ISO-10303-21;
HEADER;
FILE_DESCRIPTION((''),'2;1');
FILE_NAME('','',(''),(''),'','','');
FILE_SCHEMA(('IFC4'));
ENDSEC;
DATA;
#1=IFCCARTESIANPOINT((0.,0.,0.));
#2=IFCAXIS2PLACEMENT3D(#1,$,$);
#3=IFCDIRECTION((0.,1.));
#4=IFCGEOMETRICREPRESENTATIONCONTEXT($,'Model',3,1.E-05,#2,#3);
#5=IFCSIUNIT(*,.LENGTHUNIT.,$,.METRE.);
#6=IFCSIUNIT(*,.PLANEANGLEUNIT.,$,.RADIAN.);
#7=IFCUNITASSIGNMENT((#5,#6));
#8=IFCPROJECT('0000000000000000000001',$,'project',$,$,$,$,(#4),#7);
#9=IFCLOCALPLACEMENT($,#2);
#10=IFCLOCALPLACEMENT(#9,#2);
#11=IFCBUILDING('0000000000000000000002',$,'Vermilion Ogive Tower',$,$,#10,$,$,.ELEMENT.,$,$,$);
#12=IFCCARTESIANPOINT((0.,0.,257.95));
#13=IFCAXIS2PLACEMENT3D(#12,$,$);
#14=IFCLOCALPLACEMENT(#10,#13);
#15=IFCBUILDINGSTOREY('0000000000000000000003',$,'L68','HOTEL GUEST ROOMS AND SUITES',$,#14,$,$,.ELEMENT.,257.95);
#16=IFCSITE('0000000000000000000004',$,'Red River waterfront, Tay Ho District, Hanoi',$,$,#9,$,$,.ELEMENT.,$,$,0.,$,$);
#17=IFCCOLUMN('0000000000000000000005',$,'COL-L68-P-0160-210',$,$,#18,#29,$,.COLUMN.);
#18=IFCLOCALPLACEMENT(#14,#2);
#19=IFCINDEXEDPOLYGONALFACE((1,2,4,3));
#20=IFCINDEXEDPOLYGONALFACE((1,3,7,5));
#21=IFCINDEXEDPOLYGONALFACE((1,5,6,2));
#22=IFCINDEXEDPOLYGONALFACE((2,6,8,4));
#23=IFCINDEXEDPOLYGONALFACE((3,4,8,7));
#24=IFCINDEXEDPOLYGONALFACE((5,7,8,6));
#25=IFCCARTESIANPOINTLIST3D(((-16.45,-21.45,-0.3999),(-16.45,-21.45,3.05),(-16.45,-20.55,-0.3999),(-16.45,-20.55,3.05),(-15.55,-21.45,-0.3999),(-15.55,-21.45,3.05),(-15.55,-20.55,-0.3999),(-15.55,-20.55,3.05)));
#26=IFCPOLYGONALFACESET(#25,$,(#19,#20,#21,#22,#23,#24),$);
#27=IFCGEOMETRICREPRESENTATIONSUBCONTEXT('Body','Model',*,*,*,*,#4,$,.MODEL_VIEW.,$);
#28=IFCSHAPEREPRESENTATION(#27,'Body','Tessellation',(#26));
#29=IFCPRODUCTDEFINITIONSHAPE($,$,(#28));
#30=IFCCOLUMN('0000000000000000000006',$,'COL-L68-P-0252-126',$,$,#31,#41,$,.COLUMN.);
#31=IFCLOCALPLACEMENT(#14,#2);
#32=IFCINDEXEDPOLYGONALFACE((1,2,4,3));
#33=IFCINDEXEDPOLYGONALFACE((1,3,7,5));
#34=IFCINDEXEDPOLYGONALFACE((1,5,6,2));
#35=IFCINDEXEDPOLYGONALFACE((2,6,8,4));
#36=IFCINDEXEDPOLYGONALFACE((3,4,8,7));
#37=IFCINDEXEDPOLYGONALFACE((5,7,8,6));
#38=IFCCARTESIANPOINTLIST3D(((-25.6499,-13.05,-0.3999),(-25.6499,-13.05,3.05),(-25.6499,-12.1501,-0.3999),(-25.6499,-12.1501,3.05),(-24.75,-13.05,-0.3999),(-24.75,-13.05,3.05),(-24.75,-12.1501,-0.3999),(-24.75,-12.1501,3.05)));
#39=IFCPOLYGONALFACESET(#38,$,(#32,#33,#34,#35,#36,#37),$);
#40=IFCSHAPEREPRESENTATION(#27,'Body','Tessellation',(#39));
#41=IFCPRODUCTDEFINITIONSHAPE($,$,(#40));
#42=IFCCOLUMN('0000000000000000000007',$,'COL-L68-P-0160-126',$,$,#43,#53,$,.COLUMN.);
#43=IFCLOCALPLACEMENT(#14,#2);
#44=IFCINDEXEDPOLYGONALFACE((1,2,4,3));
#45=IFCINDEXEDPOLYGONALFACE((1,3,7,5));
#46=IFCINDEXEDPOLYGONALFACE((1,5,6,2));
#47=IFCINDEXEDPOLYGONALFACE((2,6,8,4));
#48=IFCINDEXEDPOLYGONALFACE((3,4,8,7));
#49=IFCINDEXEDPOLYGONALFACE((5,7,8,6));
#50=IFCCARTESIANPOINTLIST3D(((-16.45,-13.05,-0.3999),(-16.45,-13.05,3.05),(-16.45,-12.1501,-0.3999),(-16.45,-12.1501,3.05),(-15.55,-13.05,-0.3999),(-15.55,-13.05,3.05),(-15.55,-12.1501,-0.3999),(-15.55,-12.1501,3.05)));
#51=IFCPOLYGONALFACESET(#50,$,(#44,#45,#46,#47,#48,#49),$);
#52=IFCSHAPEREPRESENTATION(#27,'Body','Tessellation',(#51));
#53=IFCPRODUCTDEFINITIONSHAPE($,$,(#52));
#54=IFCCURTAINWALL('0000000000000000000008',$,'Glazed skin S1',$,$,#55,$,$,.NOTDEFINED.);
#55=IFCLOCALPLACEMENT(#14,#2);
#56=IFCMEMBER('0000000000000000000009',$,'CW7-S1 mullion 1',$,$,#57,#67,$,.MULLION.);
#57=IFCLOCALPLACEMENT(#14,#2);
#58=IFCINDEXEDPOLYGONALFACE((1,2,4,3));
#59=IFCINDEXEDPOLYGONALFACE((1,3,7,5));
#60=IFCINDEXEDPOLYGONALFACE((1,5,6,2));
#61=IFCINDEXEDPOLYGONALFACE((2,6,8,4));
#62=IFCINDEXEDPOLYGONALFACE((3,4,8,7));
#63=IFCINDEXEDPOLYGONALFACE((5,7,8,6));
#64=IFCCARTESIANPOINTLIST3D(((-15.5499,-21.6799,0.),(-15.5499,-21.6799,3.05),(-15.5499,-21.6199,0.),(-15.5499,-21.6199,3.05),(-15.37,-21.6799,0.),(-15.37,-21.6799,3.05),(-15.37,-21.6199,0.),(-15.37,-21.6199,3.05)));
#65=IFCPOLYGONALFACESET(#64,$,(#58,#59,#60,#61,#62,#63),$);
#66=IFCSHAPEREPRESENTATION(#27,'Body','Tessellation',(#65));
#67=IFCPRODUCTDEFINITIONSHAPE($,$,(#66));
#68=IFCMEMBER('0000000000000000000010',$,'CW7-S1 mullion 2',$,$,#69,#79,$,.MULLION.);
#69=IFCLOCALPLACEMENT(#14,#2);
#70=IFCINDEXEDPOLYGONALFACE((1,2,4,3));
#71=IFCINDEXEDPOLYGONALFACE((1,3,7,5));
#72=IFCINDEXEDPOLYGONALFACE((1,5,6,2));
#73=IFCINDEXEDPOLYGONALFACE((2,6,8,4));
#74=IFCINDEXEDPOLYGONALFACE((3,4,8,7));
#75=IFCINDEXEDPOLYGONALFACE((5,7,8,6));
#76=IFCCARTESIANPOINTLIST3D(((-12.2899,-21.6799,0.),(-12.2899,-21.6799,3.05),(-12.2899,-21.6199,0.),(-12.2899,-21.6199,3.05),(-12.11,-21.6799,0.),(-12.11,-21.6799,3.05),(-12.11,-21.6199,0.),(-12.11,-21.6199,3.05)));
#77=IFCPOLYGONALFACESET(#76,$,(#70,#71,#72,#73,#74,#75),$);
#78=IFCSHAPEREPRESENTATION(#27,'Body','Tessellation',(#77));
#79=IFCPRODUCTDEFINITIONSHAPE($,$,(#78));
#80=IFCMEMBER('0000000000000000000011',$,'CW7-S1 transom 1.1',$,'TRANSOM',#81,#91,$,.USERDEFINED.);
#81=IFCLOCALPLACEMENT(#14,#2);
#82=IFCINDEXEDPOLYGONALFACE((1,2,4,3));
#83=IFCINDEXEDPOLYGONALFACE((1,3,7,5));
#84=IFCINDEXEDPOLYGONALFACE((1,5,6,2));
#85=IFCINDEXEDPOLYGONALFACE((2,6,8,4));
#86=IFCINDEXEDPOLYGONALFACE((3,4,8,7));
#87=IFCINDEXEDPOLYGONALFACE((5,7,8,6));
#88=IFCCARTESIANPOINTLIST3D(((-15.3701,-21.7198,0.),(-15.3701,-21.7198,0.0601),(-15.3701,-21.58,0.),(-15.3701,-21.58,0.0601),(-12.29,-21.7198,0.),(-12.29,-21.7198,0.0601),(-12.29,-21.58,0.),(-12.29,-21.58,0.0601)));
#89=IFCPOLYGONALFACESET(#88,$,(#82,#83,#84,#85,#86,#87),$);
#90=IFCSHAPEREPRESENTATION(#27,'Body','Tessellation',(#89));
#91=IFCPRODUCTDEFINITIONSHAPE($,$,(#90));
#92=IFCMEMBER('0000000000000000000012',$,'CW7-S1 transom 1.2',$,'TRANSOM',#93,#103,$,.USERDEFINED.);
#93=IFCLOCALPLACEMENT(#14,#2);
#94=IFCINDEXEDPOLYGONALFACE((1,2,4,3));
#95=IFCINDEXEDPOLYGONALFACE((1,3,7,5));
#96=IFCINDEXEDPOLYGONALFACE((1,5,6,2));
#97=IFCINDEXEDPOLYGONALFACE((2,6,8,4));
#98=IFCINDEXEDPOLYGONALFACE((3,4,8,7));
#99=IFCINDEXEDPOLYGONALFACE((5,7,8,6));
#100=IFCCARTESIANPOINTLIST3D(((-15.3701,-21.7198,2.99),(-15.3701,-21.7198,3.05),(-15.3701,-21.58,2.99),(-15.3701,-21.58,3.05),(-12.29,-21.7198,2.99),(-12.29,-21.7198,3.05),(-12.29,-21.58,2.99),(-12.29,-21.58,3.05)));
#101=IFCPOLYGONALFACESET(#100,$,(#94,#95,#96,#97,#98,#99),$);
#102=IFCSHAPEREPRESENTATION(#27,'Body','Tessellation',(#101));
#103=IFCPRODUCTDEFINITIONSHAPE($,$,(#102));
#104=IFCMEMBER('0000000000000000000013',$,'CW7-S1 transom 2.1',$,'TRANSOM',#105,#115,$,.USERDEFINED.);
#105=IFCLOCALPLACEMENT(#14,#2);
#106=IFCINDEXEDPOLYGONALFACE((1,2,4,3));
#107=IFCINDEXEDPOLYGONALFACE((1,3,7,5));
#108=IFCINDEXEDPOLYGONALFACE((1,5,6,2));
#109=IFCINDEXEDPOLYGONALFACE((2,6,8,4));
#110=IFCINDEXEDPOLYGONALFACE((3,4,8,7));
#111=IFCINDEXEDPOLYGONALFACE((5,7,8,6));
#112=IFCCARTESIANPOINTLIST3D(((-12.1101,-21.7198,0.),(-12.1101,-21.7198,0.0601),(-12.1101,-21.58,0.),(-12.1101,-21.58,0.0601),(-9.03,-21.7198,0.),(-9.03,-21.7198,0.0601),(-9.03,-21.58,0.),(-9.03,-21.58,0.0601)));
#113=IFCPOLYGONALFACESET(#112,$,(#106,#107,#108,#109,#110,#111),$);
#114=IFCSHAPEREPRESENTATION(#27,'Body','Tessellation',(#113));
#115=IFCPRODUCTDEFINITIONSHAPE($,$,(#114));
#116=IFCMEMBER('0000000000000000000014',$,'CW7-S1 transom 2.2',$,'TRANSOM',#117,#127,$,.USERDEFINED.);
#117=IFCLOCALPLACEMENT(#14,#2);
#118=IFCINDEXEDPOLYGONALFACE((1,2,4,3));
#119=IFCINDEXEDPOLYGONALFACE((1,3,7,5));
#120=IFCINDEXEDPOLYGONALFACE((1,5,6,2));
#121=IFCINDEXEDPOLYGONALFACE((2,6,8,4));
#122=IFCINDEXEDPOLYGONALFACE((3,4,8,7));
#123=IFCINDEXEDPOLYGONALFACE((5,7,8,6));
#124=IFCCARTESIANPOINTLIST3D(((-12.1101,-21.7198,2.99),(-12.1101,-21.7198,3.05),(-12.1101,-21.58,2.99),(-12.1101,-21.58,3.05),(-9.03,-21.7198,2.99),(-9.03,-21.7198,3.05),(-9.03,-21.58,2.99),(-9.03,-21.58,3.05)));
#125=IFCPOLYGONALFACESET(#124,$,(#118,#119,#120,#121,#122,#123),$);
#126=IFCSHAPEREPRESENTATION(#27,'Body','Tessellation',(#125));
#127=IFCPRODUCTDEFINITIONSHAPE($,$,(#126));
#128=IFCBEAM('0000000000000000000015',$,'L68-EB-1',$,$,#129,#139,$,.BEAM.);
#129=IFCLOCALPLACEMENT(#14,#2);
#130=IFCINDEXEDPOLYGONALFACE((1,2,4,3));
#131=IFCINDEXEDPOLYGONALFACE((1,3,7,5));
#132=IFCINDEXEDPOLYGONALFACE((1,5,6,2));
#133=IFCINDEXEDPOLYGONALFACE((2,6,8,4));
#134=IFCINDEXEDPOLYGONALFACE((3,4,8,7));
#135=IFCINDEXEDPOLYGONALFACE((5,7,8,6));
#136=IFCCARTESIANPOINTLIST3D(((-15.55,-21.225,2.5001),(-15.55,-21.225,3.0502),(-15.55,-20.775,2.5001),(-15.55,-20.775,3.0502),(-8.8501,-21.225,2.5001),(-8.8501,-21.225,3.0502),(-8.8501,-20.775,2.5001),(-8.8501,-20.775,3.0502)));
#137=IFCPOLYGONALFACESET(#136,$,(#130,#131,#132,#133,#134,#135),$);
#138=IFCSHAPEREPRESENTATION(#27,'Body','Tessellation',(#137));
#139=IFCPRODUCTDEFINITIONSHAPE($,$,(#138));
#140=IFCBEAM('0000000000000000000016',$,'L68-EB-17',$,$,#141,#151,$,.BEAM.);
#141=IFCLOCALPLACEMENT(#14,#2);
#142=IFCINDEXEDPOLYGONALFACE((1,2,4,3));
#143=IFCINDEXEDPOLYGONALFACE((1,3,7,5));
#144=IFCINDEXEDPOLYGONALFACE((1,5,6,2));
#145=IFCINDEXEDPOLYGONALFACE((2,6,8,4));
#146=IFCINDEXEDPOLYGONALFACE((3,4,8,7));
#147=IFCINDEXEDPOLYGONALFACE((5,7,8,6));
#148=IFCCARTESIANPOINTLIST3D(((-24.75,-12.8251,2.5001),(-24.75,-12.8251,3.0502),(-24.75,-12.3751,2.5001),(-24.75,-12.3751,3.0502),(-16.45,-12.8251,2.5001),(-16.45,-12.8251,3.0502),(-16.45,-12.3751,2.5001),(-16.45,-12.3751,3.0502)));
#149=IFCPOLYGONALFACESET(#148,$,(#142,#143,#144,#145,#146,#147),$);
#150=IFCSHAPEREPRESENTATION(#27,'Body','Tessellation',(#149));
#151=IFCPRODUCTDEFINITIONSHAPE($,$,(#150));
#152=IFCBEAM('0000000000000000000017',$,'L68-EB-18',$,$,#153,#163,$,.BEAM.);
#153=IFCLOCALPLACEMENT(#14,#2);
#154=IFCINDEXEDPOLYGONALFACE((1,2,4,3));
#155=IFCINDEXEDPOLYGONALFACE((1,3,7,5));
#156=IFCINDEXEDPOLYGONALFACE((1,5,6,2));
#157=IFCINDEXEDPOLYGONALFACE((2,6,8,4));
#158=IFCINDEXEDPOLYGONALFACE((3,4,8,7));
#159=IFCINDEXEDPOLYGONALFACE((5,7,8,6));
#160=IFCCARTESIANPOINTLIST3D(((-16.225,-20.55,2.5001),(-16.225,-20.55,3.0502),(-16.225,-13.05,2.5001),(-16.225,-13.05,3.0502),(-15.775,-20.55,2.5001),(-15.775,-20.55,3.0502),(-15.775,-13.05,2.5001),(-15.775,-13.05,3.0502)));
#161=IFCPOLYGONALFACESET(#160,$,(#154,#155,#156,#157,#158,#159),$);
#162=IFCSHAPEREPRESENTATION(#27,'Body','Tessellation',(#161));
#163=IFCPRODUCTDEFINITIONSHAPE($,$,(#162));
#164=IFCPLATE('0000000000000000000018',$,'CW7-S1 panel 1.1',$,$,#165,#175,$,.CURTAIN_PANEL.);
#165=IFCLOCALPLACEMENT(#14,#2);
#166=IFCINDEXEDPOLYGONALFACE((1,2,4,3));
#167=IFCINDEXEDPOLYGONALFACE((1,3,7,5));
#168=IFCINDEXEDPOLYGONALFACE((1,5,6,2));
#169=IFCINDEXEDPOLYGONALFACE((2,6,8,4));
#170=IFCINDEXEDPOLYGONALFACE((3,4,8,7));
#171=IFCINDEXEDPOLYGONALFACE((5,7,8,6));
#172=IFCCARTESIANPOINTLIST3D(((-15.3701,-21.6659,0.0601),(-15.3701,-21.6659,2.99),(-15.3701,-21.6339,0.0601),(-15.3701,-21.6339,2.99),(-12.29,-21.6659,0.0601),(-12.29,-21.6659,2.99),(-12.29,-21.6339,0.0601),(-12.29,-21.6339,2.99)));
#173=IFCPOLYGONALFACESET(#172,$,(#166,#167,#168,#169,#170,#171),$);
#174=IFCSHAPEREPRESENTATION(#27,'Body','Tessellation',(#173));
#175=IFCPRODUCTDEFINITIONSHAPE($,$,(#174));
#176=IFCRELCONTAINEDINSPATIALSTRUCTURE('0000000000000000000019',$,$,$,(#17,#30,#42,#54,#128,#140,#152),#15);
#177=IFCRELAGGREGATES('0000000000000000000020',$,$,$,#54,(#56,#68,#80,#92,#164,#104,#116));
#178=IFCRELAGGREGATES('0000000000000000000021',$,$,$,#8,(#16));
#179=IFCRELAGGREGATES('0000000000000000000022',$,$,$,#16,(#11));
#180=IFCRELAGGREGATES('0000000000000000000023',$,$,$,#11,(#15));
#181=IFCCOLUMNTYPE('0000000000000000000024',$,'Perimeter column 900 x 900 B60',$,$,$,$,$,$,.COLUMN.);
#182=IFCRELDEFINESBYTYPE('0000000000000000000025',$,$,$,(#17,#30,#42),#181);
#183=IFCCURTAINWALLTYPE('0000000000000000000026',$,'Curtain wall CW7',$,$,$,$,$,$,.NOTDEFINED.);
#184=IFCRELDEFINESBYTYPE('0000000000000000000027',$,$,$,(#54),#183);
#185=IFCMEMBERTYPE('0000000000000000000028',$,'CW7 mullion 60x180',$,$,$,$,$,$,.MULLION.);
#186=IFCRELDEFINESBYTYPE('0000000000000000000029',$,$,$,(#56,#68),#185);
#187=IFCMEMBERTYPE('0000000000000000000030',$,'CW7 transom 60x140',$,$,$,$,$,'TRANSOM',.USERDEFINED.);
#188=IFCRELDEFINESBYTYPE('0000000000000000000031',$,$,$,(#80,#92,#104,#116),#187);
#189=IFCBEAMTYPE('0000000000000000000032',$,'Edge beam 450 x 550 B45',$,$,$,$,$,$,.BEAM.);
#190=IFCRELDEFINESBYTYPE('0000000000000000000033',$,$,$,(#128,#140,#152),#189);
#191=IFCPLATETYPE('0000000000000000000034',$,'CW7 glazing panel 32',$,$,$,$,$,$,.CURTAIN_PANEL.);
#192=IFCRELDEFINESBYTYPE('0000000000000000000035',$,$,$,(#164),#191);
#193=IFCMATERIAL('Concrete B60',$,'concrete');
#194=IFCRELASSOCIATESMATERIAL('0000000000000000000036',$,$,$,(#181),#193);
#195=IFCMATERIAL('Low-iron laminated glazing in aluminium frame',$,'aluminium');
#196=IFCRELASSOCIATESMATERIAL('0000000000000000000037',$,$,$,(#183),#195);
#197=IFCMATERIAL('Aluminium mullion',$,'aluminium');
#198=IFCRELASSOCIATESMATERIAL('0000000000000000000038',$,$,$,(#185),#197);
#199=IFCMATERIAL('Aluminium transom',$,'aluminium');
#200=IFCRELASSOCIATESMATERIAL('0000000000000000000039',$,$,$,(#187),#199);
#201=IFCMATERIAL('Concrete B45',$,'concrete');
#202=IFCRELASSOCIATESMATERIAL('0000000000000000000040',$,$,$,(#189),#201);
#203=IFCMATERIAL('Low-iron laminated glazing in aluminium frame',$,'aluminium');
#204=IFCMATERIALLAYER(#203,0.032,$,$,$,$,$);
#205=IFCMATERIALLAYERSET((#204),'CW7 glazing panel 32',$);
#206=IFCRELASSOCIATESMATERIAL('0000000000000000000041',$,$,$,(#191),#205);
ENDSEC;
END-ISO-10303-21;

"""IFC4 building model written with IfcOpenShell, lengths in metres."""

from ifc_helpers import new_model, si_unit, direction, frame, origin, origin_2d, place, context, subcontext, project, spatial, rectangle, extrude, material, layer, layer_set, material_profile, profile_set, type_object, element, aggregate, save


model = new_model("IFC4")

# Units and contexts
model_context = context("Model", 3, precision=1e-05, world=origin(), true_north=direction((0.0, 1.0)))
body_context = subcontext(model_context, "Body", "Model", "MODEL_VIEW")
ifc_project = project(units=[si_unit("LENGTHUNIT", "METRE"), si_unit("PLANEANGLEUNIT", "RADIAN")], contexts=[model_context])

# Site, building, storey
site_placement = place(None, origin())
site = spatial("IfcSite", under=ifc_project, at=site_placement, Name="Red River waterfront, Tay Ho District, Hanoi", CompositionType="ELEMENT", RefElevation=0.0)
building_placement = place(site_placement, origin())
building = spatial("IfcBuilding", under=site, at=building_placement, Name="Vermilion Ogive Tower", CompositionType="ELEMENT")
storey_placement = place(building_placement, frame((0.0, 0.0, 257.95)))
storey = spatial("IfcBuildingStorey", under=building, at=storey_placement, Name="L68", Description="HOTEL GUEST ROOMS AND SUITES", CompositionType="ELEMENT", Elevation=257.95)

# Columns
ifc_material_1 = material(Name="Concrete B60", Category="concrete")
ifc_material_profile_1 = material_profile(ifc_material_1, rectangle(XDim=0.8999, YDim=0.8999, at=origin_2d()), Name="900 x 900")
ifc_profile_set_1 = profile_set([ifc_material_profile_1], Name="Concrete B60")
column_type = type_object("IfcColumnType", Name="Perimeter column 900 x 900 B60", PredefinedType="COLUMN", material=ifc_profile_set_1)
for number, where, z_axis, x_axis, name in (
    (1, (-16.0, -21.0, -0.3999), (0.0, 0.0, 1.0), (1.0, 0.0, 0.0), "COL-L68-P-0160-210"),
    (2, (-25.2, -12.6001, -0.3999), (0.0, 0.0, 1.0), (1.0, 0.0, 0.0), "COL-L68-P-0252-126"),
    (3, (-16.0, -12.6001, -0.3999), (0.0, 0.0, 1.0), (1.0, 0.0, 0.0), "COL-L68-P-0160-126"),
):
    element("IfcColumn", number, at=place(storey_placement, frame(where, z_axis=z_axis, x_axis=x_axis)), inside=storey, type_object=column_type, Name=name, PredefinedType="COLUMN", context=body_context, shape_type="SweptSolid", body=[
        extrude(rectangle(XDim=0.8999, YDim=0.8999, at=origin_2d()), origin(), (0.0, 0.0, 1.0), 3.45),
    ])

# Curtain wall, members
ifc_material_2 = material(Name="Low-iron laminated glazing in aluminium frame", Category="aluminium")
curtain_wall_type = type_object("IfcCurtainWallType", Name="Curtain wall CW7", PredefinedType="NOTDEFINED", material=ifc_material_2)
curtain_wall_placement = place(storey_placement, origin())
curtain_wall = element("IfcCurtainWall", 4, at=curtain_wall_placement, inside=storey, type_object=curtain_wall_type, Name="Glazed skin S1", PredefinedType="NOTDEFINED")
ifc_material_3 = material(Name="Aluminium mullion", Category="aluminium")
ifc_material_profile_2 = material_profile(ifc_material_3, rectangle(XDim=0.0601, YDim=0.1799, at=origin_2d()), Name="AL 60x180")
ifc_profile_set_2 = profile_set([ifc_material_profile_2], Name="Aluminium mullion")
member_type_1 = type_object("IfcMemberType", Name="CW7 mullion 60x180", PredefinedType="MULLION", material=ifc_profile_set_2)
member_1_placement = place(storey_placement, frame((-15.46, -21.6499, 0.0), z_axis=(0.0, 0.0, 1.0), x_axis=(0.0, 1.0, 0.0)))
member_1 = element("IfcMember", 5, at=member_1_placement, type_object=member_type_1, Name="CW7-S1 mullion 1", PredefinedType="MULLION", context=body_context, shape_type="SweptSolid", body=[
    extrude(rectangle(XDim=0.0601, YDim=0.1799, at=origin_2d()), origin(), (0.0, 0.0, 1.0), 3.05),
])
member_2_placement = place(storey_placement, frame((-12.2, -21.6499, 0.0), z_axis=(0.0, 0.0, 1.0), x_axis=(0.0, 1.0, 0.0)))
member_2 = element("IfcMember", 6, at=member_2_placement, type_object=member_type_1, Name="CW7-S1 mullion 2", PredefinedType="MULLION", context=body_context, shape_type="SweptSolid", body=[
    extrude(rectangle(XDim=0.0601, YDim=0.1799, at=origin_2d()), origin(), (0.0, 0.0, 1.0), 3.05),
])
ifc_material_4 = material(Name="Aluminium transom", Category="aluminium")
ifc_material_profile_3 = material_profile(ifc_material_4, rectangle(XDim=0.1399, YDim=0.0601, at=origin_2d()), Name="AL 60x140")
ifc_profile_set_3 = profile_set([ifc_material_profile_3], Name="Aluminium transom")
member_type_2 = type_object("IfcMemberType", Name="CW7 transom 60x140", ElementType="TRANSOM", PredefinedType="USERDEFINED", material=ifc_profile_set_3)
member_3_placement = place(storey_placement, frame((-15.3701, -21.6499, 0.03), z_axis=(1.0, 0.0, 0.0), x_axis=(0.0, 1.0, 0.0)))
member_3 = element("IfcMember", 7, at=member_3_placement, type_object=member_type_2, Name="CW7-S1 transom 1.1", ObjectType="TRANSOM", PredefinedType="USERDEFINED", context=body_context, shape_type="SweptSolid", body=[
    extrude(rectangle(XDim=0.1399, YDim=0.0601, at=origin_2d()), origin(), (0.0, 0.0, 1.0), 3.0801),
])
member_4_placement = place(storey_placement, frame((-15.3701, -21.6499, 3.02), z_axis=(1.0, 0.0, 0.0), x_axis=(0.0, 1.0, 0.0)))
member_4 = element("IfcMember", 8, at=member_4_placement, type_object=member_type_2, Name="CW7-S1 transom 1.2", ObjectType="TRANSOM", PredefinedType="USERDEFINED", context=body_context, shape_type="SweptSolid", body=[
    extrude(rectangle(XDim=0.1399, YDim=0.0601, at=origin_2d()), origin(), (0.0, 0.0, 1.0), 3.0801),
])
member_5_placement = place(storey_placement, frame((-12.1101, -21.6499, 0.03), z_axis=(1.0, 0.0, 0.0), x_axis=(0.0, 1.0, 0.0)))
member_5 = element("IfcMember", 9, at=member_5_placement, type_object=member_type_2, Name="CW7-S1 transom 2.1", ObjectType="TRANSOM", PredefinedType="USERDEFINED", context=body_context, shape_type="SweptSolid", body=[
    extrude(rectangle(XDim=0.1399, YDim=0.0601, at=origin_2d()), origin(), (0.0, 0.0, 1.0), 3.0801),
])
member_6_placement = place(storey_placement, frame((-12.1101, -21.6499, 3.02), z_axis=(1.0, 0.0, 0.0), x_axis=(0.0, 1.0, 0.0)))
member_6 = element("IfcMember", 10, at=member_6_placement, type_object=member_type_2, Name="CW7-S1 transom 2.2", ObjectType="TRANSOM", PredefinedType="USERDEFINED", context=body_context, shape_type="SweptSolid", body=[
    extrude(rectangle(XDim=0.1399, YDim=0.0601, at=origin_2d()), origin(), (0.0, 0.0, 1.0), 3.0801),
])

# Beams
ifc_material_5 = material(Name="Concrete B45", Category="concrete")
ifc_material_profile_4 = material_profile(ifc_material_5, rectangle(XDim=0.45, YDim=0.55, at=origin_2d()), Name="450 x 550")
ifc_profile_set_4 = profile_set([ifc_material_profile_4], Name="Concrete B45")
beam_type = type_object("IfcBeamType", Name="Edge beam 450 x 550 B45", PredefinedType="BEAM", material=ifc_profile_set_4)
beam_1_placement = place(storey_placement, frame((-15.55, -21.0, 2.7751), z_axis=(1.0, 0.0, 0.0), x_axis=(0.0, 1.0, 0.0)))
element("IfcBeam", 11, at=beam_1_placement, inside=storey, type_object=beam_type, Name="L68-EB-1", PredefinedType="BEAM", context=body_context, shape_type="SweptSolid", body=[
    extrude(rectangle(XDim=0.45, YDim=0.55, at=origin_2d()), origin(), (0.0, 0.0, 1.0), 6.7),
])
beam_2_placement = place(storey_placement, frame((-24.75, -12.6001, 2.7751), z_axis=(1.0, 0.0, 0.0), x_axis=(0.0, 1.0, 0.0)))
element("IfcBeam", 12, at=beam_2_placement, inside=storey, type_object=beam_type, Name="L68-EB-17", PredefinedType="BEAM", context=body_context, shape_type="SweptSolid", body=[
    extrude(rectangle(XDim=0.45, YDim=0.55, at=origin_2d()), origin(), (0.0, 0.0, 1.0), 8.3),
])
beam_3_placement = place(storey_placement, frame((-16.0, -13.05, 2.7751), z_axis=(0.0, -1.0, 0.0), x_axis=(1.0, 0.0, 0.0)))
element("IfcBeam", 13, at=beam_3_placement, inside=storey, type_object=beam_type, Name="L68-EB-18", PredefinedType="BEAM", context=body_context, shape_type="SweptSolid", body=[
    extrude(rectangle(XDim=0.45, YDim=0.55, at=origin_2d()), origin(), (0.0, 0.0, 1.0), 7.5),
])

# Plate
ifc_material_6 = material(Name="Low-iron laminated glazing in aluminium frame", Category="aluminium")
ifc_layer_1 = layer(ifc_material_6, 0.032)
ifc_layer_set_1 = layer_set([ifc_layer_1], Name="CW7 glazing panel 32")
plate_type = type_object("IfcPlateType", Name="CW7 glazing panel 32", PredefinedType="CURTAIN_PANEL", material=ifc_layer_set_1)
plate_placement = place(storey_placement, frame((-13.8301, -21.6499, 0.0601), z_axis=(0.0, 0.0, 1.0), x_axis=(1.0, 0.0, 0.0)))
plate = element("IfcPlate", 14, at=plate_placement, type_object=plate_type, Name="CW7-S1 panel 1.1", PredefinedType="CURTAIN_PANEL", context=body_context, shape_type="SweptSolid", body=[
    extrude(rectangle(XDim=3.0801, YDim=0.032, at=origin_2d()), origin(), (0.0, 0.0, 1.0), 2.9299),
])
aggregate(curtain_wall, [member_1, member_2, member_3, member_4, plate, member_5, member_6])

save(model, "model.ifc")
